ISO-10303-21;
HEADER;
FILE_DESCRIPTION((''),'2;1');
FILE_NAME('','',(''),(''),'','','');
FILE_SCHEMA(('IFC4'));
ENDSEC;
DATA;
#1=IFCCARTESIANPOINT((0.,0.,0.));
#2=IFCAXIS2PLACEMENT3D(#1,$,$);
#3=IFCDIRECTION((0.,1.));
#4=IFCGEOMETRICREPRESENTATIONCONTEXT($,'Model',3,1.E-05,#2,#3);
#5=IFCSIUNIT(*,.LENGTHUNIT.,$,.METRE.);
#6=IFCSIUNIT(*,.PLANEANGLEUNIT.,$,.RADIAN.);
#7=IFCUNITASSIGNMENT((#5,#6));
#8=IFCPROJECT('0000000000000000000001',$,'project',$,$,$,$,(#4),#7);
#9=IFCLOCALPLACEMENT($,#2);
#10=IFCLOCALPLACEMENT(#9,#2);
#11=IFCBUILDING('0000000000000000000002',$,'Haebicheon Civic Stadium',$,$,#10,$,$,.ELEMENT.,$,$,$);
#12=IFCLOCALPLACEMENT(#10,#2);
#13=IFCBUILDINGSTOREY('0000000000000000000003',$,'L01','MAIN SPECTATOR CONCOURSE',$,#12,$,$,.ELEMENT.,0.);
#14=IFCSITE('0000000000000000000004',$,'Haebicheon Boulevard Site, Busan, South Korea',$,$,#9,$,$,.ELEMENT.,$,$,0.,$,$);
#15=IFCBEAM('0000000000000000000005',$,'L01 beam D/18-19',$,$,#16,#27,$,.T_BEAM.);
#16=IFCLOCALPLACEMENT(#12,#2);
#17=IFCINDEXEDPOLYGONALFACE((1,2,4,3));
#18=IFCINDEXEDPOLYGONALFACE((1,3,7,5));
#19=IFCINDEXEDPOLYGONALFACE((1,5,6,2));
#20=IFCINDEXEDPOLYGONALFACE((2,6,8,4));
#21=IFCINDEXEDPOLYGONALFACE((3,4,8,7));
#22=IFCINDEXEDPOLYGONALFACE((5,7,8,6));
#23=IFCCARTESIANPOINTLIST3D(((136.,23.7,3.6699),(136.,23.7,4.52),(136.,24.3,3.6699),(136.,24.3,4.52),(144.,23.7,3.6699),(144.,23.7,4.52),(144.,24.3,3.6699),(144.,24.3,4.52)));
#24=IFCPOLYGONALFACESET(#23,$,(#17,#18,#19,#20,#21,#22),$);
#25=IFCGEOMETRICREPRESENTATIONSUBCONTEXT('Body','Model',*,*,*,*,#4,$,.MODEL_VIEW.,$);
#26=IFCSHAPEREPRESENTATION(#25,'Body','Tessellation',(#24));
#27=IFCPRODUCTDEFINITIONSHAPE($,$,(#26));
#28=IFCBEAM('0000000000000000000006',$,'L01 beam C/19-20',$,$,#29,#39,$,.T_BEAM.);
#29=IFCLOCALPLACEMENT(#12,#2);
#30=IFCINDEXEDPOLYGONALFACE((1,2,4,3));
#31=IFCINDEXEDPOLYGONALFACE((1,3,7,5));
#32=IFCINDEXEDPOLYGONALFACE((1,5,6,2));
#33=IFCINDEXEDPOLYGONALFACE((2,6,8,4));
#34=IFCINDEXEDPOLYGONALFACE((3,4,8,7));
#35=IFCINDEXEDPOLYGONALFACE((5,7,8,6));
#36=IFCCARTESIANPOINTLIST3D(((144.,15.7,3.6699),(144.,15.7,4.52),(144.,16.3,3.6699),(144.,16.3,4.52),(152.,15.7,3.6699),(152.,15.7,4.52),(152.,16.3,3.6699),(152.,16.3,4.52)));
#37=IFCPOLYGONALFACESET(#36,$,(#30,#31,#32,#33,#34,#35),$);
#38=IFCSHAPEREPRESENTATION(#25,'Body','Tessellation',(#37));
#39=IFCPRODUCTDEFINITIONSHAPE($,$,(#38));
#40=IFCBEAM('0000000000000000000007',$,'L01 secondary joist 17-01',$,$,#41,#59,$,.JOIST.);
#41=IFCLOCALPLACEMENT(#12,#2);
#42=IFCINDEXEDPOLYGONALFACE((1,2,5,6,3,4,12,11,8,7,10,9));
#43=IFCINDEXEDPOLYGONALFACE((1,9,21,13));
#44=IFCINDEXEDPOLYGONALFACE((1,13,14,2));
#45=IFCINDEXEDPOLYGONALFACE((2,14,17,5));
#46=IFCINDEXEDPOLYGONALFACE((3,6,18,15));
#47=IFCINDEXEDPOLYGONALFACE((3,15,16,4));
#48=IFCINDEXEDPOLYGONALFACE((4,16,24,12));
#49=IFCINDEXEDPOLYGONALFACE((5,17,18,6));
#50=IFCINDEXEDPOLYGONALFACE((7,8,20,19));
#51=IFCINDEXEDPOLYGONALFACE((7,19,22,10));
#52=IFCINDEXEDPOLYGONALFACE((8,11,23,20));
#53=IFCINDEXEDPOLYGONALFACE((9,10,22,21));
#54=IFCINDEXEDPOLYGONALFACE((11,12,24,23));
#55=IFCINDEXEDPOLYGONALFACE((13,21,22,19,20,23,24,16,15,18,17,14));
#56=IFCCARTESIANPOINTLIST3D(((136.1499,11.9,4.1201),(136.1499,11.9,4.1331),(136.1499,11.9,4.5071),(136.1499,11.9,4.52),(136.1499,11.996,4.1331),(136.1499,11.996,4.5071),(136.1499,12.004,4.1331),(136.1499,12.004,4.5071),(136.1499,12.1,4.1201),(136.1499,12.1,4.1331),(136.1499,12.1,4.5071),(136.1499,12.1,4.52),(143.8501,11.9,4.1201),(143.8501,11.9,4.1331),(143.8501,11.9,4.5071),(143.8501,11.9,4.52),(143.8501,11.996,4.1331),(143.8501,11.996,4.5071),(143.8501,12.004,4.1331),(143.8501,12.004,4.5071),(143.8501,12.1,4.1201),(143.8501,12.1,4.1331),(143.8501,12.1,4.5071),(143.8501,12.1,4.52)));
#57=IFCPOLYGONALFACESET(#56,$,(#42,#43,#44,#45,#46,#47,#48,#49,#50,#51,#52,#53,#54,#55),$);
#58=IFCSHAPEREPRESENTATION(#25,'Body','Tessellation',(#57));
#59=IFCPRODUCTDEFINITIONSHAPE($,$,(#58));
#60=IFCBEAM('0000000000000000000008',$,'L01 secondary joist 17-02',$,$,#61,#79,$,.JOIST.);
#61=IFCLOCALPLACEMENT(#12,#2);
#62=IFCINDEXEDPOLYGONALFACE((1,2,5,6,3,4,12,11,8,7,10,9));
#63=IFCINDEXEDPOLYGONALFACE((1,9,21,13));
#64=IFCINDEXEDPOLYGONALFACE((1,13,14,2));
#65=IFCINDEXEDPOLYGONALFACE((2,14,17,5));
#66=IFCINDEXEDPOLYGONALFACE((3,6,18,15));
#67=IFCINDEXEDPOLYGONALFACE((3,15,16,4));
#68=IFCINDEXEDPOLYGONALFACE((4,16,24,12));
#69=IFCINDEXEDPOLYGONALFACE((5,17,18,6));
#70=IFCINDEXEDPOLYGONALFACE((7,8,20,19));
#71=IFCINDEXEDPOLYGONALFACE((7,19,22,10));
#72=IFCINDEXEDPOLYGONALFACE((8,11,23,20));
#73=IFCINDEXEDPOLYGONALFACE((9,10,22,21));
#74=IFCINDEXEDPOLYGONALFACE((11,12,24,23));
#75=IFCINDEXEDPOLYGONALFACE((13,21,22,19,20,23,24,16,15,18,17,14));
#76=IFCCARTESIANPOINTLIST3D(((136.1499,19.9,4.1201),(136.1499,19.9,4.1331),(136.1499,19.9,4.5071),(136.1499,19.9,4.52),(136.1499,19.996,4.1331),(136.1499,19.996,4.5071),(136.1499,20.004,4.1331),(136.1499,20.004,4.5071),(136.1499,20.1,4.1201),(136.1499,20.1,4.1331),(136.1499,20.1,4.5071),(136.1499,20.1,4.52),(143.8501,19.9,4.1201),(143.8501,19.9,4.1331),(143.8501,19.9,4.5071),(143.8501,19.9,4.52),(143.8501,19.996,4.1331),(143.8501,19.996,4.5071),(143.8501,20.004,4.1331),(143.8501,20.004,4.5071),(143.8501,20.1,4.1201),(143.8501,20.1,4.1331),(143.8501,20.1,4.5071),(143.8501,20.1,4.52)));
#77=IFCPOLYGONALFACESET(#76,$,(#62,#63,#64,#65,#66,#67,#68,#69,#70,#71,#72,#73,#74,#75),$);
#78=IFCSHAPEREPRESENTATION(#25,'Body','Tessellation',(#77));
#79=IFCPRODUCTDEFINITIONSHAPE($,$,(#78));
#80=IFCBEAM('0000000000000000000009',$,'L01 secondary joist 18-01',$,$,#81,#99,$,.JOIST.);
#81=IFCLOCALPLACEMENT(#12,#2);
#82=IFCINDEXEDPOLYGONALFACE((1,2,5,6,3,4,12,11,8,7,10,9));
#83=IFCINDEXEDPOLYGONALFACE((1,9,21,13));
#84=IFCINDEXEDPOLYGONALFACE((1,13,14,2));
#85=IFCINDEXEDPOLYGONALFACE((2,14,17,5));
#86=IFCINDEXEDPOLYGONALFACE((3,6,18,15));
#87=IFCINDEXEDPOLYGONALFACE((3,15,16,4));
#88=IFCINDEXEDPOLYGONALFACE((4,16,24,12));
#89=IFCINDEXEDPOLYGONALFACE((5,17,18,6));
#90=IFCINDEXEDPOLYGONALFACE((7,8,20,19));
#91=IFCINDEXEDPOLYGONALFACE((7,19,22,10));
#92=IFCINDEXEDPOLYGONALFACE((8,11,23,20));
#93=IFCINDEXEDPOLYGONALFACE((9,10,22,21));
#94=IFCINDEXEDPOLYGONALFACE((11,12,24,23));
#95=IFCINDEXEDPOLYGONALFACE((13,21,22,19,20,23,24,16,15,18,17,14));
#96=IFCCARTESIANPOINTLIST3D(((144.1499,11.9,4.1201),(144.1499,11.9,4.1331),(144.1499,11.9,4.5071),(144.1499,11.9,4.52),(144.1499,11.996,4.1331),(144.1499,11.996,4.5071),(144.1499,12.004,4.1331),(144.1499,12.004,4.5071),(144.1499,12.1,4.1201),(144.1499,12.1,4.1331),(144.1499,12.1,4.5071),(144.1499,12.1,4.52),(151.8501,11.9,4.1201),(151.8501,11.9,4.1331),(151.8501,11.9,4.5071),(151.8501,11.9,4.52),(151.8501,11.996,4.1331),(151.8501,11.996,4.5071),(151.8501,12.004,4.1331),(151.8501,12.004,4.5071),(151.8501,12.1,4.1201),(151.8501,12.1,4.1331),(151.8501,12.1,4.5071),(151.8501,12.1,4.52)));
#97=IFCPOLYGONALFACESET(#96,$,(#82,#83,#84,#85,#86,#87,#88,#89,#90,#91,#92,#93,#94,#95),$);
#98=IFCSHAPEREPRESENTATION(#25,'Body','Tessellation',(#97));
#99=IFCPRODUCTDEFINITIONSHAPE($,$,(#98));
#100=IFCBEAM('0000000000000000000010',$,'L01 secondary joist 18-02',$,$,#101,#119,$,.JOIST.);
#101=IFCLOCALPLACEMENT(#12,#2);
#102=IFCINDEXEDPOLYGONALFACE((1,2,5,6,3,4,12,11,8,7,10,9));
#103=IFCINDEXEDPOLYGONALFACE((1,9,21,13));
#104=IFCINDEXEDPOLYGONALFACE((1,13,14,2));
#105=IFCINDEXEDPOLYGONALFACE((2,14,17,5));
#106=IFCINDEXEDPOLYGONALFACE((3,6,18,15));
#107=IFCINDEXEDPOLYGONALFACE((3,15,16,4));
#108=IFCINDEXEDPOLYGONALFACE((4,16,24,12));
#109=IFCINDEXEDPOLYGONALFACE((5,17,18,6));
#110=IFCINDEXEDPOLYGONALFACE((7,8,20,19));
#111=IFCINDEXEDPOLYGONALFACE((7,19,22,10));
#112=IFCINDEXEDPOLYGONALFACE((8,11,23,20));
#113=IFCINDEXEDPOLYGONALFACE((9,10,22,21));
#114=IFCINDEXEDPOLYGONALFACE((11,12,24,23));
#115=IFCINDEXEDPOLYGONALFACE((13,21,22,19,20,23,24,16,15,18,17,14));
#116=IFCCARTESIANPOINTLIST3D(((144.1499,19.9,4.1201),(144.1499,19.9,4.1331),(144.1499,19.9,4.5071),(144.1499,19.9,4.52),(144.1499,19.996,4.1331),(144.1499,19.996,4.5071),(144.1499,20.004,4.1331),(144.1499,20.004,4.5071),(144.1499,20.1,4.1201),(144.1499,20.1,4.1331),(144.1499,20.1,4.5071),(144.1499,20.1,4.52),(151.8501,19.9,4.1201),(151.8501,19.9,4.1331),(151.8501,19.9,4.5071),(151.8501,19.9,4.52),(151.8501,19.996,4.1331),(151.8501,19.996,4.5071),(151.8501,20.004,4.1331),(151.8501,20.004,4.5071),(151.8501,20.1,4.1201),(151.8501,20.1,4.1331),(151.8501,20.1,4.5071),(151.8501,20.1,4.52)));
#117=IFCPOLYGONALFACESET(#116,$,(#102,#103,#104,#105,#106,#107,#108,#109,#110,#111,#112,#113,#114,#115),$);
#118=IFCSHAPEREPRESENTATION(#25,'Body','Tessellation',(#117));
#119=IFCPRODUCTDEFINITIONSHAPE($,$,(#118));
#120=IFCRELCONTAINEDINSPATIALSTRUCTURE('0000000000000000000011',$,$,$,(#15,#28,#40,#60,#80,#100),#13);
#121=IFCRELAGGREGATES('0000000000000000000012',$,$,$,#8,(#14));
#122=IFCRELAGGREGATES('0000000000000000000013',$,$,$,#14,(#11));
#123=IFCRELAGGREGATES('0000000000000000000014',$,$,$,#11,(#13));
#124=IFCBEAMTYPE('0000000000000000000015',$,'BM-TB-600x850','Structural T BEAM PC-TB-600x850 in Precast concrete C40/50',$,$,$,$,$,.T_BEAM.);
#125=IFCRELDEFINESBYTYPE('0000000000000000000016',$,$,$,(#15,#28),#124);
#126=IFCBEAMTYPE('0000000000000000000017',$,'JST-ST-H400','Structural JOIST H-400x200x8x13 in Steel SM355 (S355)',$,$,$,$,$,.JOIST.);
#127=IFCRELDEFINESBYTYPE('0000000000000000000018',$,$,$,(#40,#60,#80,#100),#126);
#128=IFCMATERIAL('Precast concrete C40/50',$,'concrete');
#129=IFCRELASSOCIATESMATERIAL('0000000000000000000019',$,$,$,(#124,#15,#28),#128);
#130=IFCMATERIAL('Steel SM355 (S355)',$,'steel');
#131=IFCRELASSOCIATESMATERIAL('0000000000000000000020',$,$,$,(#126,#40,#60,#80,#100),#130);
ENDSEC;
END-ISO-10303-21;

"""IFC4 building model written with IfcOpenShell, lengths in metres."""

from ifc_helpers import new_model, si_unit, direction, frame, origin, origin_2d, place, context, subcontext, project, spatial, rectangle, i_section, extrude, material, material_profile, profile_set, type_object, element, save


model = new_model("IFC4")

# Units and contexts
model_context = context("Model", 3, precision=1e-05, world=origin(), true_north=direction((0.0, 1.0)))
body_context = subcontext(model_context, "Body", "Model", "MODEL_VIEW")
ifc_project = project(units=[si_unit("LENGTHUNIT", "METRE"), si_unit("PLANEANGLEUNIT", "RADIAN")], contexts=[model_context])

# Site, building, storey
site_placement = place(None, origin())
site = spatial("IfcSite", under=ifc_project, at=site_placement, Name="Haebicheon Boulevard Site, Busan, South Korea", CompositionType="ELEMENT", RefElevation=0.0)
building_placement = place(site_placement, origin())
building = spatial("IfcBuilding", under=site, at=building_placement, Name="Haebicheon Civic Stadium", CompositionType="ELEMENT")
storey_placement = place(building_placement, origin())
storey = spatial("IfcBuildingStorey", under=building, at=storey_placement, Name="L01", Description="MAIN SPECTATOR CONCOURSE", CompositionType="ELEMENT", Elevation=0.0)

# Beams
ifc_material_1 = material(Name="Precast concrete C40/50", Category="concrete")
ifc_material_profile_1 = material_profile(ifc_material_1, rectangle(XDim=0.6001, YDim=0.8501, at=origin_2d()), Name="PC-TB-600x850")
ifc_profile_set_1 = profile_set([ifc_material_profile_1], Name="Precast concrete C40/50")
beam_type_1 = type_object("IfcBeamType", Name="BM-TB-600x850", Description="Structural T BEAM PC-TB-600x850 in Precast concrete C40/50", PredefinedType="T_BEAM", material=ifc_profile_set_1)
for number, where, z_axis, x_axis, name in (
    (1, (136.0, 24.0, 4.095), (1.0, 0.0, 0.0), (0.0, 1.0, 0.0), "L01 beam D/18-19"),
    (2, (144.0, 16.0, 4.095), (1.0, 0.0, 0.0), (0.0, 1.0, 0.0), "L01 beam C/19-20"),
):
    element("IfcBeam", number, at=place(storey_placement, frame(where, z_axis=z_axis, x_axis=x_axis)), inside=storey, type_object=beam_type_1, material=ifc_profile_set_1, Name=name, PredefinedType="T_BEAM", context=body_context, shape_type="SweptSolid", body=[
        extrude(rectangle(XDim=0.6001, YDim=0.8501, at=origin_2d()), origin(), (0.0, 0.0, 1.0), 8.0),
    ])
ifc_material_2 = material(Name="Steel SM355 (S355)", Category="steel")
ifc_material_profile_2 = material_profile(ifc_material_2, i_section(OverallWidth=0.2, OverallDepth=0.3999, WebThickness=0.0081, FlangeThickness=0.0129, at=origin_2d()), Name="H-400x200x8x13")
ifc_profile_set_2 = profile_set([ifc_material_profile_2], Name="Steel SM355 (S355)")
beam_type_2 = type_object("IfcBeamType", Name="JST-ST-H400", Description="Structural JOIST H-400x200x8x13 in Steel SM355 (S355)", PredefinedType="JOIST", material=ifc_profile_set_2)
for number, where, z_axis, x_axis, name in (
    (3, (136.1499, 12.0, 4.3201), (1.0, 0.0, 0.0), (0.0, 1.0, 0.0), "L01 secondary joist 17-01"),
    (4, (136.1499, 20.0, 4.3201), (1.0, 0.0, 0.0), (0.0, 1.0, 0.0), "L01 secondary joist 17-02"),
    (5, (144.1499, 12.0, 4.3201), (1.0, 0.0, 0.0), (0.0, 1.0, 0.0), "L01 secondary joist 18-01"),
    (6, (144.1499, 20.0, 4.3201), (1.0, 0.0, 0.0), (0.0, 1.0, 0.0), "L01 secondary joist 18-02"),
):
    element("IfcBeam", number, at=place(storey_placement, frame(where, z_axis=z_axis, x_axis=x_axis)), inside=storey, type_object=beam_type_2, material=ifc_profile_set_2, Name=name, PredefinedType="JOIST", context=body_context, shape_type="SweptSolid", body=[
        extrude(i_section(OverallWidth=0.2, OverallDepth=0.3999, WebThickness=0.0081, FlangeThickness=0.0129, at=origin_2d()), origin(), (0.0, 0.0, 1.0), 7.7002),
    ])

save(model, "model.ifc")
